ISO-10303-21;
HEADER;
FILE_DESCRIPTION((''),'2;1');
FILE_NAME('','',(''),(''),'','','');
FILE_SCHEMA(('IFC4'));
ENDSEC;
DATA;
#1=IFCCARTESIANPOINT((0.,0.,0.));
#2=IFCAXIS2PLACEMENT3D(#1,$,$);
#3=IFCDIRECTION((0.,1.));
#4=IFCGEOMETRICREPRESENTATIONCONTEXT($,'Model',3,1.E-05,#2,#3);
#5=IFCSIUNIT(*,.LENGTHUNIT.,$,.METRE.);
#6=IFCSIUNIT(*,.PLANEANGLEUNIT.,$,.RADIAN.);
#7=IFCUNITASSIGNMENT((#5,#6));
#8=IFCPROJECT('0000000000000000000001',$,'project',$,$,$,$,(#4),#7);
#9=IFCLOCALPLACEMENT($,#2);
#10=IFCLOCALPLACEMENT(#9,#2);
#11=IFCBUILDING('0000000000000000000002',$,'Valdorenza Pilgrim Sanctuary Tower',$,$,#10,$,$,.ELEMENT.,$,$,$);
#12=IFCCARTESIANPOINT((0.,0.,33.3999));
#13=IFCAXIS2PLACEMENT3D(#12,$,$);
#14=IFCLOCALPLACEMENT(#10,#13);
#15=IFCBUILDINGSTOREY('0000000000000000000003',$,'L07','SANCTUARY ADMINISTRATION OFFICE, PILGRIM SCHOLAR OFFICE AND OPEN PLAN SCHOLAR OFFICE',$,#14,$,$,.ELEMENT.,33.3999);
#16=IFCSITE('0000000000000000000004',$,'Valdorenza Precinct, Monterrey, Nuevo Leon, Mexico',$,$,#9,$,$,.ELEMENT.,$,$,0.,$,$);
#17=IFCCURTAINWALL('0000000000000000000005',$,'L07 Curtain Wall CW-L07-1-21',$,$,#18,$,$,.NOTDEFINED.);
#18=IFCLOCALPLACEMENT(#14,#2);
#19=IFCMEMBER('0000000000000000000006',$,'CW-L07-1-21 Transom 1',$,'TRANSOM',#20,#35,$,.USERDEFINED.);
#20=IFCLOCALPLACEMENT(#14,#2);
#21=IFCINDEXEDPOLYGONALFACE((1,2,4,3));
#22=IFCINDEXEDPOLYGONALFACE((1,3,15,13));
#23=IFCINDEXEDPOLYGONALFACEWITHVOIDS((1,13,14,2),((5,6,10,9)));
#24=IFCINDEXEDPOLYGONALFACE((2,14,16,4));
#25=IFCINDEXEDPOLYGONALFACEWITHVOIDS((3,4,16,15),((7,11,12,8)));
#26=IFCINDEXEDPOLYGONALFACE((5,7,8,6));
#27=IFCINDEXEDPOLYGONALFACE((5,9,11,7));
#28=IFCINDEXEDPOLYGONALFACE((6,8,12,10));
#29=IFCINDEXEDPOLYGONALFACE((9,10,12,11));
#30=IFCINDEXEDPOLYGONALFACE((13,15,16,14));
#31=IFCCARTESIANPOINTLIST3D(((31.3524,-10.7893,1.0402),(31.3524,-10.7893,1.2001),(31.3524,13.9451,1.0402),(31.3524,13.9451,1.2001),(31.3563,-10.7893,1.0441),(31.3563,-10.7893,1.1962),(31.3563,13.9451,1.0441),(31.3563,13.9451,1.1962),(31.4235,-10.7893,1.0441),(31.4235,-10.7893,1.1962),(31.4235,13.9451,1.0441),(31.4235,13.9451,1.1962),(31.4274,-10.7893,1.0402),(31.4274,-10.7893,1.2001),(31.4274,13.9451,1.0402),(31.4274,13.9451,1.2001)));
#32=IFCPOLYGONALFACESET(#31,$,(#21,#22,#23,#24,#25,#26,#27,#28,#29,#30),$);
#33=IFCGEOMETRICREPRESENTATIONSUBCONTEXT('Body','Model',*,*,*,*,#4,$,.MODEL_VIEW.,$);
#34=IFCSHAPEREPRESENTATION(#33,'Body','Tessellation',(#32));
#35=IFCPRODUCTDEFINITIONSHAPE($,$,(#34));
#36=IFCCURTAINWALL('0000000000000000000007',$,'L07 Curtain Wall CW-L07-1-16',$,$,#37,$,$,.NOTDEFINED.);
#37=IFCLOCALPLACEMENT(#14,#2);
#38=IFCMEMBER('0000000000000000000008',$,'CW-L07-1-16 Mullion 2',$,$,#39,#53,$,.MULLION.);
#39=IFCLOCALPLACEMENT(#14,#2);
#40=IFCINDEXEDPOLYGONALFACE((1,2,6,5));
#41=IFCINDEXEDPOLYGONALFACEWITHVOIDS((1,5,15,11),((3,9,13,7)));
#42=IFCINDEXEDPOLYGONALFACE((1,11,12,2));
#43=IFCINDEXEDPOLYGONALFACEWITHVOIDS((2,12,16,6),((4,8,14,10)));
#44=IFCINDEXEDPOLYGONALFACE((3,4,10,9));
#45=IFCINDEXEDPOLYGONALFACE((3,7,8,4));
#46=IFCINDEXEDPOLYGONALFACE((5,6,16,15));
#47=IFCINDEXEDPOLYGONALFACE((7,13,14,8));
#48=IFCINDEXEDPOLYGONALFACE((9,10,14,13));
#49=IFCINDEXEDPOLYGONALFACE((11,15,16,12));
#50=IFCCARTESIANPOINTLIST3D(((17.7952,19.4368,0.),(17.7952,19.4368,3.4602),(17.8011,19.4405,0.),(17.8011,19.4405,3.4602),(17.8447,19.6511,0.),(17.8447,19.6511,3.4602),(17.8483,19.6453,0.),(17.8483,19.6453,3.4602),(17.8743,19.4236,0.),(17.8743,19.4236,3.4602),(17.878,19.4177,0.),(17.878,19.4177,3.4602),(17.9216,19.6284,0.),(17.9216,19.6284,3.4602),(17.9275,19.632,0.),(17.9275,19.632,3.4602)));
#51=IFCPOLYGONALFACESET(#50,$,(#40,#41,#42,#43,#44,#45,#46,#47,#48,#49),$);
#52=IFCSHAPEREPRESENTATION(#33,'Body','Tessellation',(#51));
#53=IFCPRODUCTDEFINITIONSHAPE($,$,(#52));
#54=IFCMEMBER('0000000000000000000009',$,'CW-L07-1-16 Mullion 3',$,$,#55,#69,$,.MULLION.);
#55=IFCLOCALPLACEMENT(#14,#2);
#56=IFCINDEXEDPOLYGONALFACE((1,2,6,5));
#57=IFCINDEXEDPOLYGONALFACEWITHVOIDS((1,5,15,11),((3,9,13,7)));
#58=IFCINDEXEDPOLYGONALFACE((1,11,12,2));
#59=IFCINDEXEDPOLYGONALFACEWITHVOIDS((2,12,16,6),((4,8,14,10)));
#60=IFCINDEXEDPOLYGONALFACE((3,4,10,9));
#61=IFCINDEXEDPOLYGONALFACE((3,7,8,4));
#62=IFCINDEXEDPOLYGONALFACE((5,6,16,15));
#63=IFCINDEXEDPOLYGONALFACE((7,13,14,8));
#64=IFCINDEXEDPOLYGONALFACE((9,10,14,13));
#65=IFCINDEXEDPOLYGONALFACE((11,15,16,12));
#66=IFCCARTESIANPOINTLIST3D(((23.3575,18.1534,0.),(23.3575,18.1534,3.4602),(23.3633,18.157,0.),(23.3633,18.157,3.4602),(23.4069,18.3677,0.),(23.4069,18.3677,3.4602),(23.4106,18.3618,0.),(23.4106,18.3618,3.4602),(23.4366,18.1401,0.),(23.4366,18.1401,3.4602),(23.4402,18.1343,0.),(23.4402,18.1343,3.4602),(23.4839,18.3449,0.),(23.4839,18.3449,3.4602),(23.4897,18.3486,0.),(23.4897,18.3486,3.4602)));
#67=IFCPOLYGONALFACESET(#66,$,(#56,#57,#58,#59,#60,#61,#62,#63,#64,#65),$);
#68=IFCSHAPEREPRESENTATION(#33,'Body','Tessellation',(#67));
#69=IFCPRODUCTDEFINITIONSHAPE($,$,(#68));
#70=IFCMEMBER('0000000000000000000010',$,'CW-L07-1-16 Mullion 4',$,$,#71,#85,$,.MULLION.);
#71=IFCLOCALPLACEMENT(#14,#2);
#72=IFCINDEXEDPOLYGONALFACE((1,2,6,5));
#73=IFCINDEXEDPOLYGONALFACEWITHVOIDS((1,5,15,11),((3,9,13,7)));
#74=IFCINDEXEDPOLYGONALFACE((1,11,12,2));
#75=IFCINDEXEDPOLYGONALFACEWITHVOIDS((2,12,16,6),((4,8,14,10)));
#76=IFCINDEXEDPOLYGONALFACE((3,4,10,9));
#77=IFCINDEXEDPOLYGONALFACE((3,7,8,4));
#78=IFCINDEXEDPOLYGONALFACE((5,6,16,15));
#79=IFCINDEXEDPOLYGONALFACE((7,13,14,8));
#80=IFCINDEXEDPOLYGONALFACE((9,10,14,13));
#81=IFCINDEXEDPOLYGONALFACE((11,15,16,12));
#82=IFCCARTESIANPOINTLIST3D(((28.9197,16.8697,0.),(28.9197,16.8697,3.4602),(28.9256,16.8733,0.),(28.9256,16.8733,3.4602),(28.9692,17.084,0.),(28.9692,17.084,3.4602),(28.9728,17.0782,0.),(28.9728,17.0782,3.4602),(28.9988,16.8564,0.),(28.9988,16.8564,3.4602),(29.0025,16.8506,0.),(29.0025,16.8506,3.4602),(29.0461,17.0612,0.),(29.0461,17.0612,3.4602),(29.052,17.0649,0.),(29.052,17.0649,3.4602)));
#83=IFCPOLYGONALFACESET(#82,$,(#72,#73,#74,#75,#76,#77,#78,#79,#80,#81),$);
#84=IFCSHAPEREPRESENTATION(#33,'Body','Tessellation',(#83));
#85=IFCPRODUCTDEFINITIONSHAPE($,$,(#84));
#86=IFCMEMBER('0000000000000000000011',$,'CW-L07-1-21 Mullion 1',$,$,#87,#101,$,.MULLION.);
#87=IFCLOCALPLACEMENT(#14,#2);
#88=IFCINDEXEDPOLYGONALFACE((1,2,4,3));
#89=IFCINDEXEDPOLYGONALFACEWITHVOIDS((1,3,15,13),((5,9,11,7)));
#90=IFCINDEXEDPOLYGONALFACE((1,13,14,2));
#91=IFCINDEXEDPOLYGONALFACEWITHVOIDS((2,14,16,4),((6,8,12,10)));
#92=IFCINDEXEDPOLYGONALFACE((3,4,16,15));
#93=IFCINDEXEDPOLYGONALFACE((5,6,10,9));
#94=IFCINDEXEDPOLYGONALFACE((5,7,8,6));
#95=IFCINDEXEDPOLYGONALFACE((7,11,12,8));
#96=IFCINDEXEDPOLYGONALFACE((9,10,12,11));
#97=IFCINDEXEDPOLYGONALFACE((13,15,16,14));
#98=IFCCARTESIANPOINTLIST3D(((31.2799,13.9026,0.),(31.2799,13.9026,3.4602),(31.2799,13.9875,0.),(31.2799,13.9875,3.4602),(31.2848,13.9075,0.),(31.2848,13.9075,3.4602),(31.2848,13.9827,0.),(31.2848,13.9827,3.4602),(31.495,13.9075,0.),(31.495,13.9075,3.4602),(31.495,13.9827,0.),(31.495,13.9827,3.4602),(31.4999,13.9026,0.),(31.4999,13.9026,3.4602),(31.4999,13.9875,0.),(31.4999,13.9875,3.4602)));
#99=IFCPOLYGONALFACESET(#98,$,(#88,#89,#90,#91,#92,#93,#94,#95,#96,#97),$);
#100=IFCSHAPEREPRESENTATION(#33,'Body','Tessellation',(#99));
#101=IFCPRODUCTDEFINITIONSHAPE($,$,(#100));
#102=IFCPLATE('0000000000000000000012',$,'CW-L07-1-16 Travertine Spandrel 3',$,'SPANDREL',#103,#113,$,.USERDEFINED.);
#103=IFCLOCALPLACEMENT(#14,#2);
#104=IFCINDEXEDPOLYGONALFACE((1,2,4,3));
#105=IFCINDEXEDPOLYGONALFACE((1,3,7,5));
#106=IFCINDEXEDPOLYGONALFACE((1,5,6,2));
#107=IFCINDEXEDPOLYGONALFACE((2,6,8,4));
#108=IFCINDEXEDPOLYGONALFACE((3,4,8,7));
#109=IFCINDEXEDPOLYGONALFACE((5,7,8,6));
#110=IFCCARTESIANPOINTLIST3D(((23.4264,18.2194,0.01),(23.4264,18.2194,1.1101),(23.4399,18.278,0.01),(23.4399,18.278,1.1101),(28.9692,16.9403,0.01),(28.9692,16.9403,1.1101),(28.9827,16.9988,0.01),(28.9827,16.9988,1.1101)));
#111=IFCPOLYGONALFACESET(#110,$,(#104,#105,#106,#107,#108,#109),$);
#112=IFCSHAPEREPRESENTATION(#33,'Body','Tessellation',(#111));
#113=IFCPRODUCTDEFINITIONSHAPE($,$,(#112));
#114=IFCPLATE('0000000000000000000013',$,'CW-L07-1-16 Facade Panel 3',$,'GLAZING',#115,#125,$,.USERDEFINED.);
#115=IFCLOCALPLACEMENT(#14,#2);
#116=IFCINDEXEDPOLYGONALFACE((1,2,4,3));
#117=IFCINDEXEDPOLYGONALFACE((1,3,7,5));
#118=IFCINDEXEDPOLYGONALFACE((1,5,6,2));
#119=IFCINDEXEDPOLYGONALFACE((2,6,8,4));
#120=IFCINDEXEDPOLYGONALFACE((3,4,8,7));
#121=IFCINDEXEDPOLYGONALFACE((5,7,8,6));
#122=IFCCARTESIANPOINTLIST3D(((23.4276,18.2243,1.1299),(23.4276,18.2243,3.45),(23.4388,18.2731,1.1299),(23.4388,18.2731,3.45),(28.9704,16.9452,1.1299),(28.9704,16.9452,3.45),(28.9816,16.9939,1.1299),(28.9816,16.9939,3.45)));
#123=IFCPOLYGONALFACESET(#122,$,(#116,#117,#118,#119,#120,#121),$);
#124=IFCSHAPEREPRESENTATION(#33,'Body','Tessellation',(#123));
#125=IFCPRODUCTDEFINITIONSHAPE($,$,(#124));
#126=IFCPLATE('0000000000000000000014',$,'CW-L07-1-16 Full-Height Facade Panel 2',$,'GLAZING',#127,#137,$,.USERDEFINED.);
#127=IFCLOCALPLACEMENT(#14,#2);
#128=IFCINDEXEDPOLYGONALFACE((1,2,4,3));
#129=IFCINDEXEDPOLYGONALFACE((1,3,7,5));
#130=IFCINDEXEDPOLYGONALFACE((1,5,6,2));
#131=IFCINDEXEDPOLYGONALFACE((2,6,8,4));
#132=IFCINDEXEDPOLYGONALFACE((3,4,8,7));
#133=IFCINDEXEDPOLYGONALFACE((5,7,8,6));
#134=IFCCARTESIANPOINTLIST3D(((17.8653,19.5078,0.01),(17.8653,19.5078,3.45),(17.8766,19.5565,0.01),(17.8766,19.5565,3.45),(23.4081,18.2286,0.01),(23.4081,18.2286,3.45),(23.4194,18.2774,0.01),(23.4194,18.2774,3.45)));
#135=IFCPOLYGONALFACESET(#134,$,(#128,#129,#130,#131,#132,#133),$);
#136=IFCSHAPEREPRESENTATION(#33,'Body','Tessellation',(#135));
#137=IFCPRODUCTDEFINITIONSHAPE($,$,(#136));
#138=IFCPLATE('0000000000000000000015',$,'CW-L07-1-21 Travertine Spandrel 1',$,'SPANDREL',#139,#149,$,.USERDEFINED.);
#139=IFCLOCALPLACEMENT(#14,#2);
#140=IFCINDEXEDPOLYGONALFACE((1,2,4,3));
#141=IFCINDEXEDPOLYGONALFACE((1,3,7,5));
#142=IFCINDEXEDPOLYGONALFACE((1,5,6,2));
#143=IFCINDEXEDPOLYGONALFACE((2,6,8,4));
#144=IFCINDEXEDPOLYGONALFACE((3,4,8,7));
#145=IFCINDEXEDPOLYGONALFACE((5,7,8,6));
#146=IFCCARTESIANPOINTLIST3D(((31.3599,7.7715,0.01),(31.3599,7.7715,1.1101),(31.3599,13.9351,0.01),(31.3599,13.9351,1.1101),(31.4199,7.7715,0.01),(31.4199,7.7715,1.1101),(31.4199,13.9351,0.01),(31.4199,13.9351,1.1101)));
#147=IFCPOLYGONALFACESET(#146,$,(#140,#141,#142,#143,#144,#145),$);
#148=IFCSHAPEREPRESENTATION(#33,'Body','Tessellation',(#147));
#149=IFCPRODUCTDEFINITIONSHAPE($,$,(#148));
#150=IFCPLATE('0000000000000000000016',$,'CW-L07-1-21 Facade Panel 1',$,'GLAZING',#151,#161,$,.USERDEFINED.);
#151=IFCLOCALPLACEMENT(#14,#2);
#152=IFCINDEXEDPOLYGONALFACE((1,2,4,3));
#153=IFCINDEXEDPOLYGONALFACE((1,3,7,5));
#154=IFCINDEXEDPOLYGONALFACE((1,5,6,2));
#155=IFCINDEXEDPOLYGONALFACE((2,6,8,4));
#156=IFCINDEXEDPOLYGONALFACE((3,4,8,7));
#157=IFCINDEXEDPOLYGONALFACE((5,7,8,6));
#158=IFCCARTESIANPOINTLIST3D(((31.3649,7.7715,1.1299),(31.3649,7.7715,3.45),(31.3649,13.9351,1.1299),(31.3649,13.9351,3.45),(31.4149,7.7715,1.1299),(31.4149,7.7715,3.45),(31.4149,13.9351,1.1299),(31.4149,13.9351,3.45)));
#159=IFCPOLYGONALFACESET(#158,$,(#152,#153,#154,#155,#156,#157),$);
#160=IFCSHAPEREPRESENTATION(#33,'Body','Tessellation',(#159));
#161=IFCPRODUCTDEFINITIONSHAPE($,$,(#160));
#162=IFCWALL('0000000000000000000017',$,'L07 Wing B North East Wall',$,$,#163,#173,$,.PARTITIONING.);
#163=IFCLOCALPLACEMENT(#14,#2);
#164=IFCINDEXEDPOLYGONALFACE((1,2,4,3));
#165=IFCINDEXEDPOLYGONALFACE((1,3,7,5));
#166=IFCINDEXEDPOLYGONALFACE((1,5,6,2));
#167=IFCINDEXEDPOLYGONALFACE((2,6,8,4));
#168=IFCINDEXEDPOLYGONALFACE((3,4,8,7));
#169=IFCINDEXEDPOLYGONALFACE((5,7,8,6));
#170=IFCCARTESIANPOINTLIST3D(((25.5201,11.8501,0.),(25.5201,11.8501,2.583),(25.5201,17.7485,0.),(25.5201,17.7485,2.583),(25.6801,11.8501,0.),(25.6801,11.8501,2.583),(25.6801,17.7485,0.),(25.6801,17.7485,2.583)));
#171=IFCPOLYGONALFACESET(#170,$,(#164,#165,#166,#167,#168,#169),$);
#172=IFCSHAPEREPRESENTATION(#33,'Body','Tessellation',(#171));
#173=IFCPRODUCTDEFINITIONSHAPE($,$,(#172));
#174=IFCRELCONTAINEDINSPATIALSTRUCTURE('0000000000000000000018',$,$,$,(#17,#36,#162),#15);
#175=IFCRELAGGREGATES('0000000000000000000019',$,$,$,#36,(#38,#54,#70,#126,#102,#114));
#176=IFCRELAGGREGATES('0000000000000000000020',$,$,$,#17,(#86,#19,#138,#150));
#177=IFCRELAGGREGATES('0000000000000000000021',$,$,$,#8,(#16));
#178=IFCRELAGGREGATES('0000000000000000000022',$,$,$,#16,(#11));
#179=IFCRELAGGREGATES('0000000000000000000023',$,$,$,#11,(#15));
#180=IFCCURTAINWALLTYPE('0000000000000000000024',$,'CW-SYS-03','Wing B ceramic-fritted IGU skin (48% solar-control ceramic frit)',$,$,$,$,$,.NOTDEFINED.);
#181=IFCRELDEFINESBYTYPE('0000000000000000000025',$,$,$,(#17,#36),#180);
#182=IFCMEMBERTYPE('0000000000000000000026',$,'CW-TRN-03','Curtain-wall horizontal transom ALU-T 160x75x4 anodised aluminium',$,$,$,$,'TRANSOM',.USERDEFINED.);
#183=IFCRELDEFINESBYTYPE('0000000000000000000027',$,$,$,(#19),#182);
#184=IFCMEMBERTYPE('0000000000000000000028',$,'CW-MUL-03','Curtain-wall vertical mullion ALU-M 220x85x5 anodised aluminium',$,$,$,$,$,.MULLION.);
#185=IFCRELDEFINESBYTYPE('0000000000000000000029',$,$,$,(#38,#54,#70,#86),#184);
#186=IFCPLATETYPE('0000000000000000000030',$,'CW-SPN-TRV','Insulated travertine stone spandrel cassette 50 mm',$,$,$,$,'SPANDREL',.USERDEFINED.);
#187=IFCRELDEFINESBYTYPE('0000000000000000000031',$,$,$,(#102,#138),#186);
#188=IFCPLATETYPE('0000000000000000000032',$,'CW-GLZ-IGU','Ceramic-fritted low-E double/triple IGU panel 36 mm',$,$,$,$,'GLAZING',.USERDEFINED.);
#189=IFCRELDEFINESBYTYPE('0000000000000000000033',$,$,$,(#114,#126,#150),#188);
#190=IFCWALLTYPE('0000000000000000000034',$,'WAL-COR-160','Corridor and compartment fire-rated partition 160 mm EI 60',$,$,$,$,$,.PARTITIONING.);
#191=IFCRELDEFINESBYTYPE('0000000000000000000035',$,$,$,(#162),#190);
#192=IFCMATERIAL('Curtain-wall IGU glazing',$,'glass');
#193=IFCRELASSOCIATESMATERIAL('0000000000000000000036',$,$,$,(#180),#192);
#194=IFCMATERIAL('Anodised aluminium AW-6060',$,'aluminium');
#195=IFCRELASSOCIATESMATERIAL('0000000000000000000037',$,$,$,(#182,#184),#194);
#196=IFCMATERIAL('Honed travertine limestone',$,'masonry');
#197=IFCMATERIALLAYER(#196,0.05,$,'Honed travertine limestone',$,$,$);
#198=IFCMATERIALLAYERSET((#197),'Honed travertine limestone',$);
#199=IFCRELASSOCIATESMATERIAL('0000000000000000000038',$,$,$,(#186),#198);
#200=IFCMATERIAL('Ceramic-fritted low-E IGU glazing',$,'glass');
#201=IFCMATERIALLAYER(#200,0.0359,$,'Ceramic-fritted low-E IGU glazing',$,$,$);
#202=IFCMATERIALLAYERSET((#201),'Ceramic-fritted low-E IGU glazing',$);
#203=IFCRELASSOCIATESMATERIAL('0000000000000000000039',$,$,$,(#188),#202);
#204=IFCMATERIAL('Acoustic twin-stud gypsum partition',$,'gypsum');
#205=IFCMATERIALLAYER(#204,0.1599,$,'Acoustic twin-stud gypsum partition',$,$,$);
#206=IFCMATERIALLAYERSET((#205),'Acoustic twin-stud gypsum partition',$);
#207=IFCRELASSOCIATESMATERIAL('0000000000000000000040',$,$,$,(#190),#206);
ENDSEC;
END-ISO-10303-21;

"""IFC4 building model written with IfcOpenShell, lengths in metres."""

from ifc_helpers import new_model, si_unit, direction, frame, frame_2d, origin, origin_2d, place, context, subcontext, project, spatial, rectangle, hollow_rectangle, extrude, source, transform, mapped, material, layer, layer_set, material_profile, profile_set, type_object, element, aggregate, save


model = new_model("IFC4")

# Units and contexts
model_context = context("Model", 3, precision=1e-05, world=origin(), true_north=direction((0.0, 1.0)))
body_context = subcontext(model_context, "Body", "Model", "MODEL_VIEW")
ifc_project = project(units=[si_unit("LENGTHUNIT", "METRE"), si_unit("PLANEANGLEUNIT", "RADIAN")], contexts=[model_context])

# Site, building, storey
site_placement = place(None, origin())
site = spatial("IfcSite", under=ifc_project, at=site_placement, Name="Valdorenza Precinct, Monterrey, Nuevo Leon, Mexico", CompositionType="ELEMENT", RefElevation=0.0)
building_placement = place(site_placement, origin())
building = spatial("IfcBuilding", under=site, at=building_placement, Name="Valdorenza Pilgrim Sanctuary Tower", CompositionType="ELEMENT")
storey_placement = place(building_placement, frame((0.0, 0.0, 33.3999)))
storey = spatial("IfcBuildingStorey", under=building, at=storey_placement, Name="L07", Description="SANCTUARY ADMINISTRATION OFFICE, PILGRIM SCHOLAR OFFICE AND OPEN PLAN SCHOLAR OFFICE", CompositionType="ELEMENT", Elevation=33.3999)

# Curtain wall, member
ifc_material_1 = material(Name="Curtain-wall IGU glazing", Category="glass")
curtain_wall_type = type_object("IfcCurtainWallType", Name="CW-SYS-03", Description="Wing B ceramic-fritted IGU skin (48% solar-control ceramic frit)", PredefinedType="NOTDEFINED", material=ifc_material_1)
curtain_wall_1_placement = place(storey_placement, origin())
curtain_wall_1 = element("IfcCurtainWall", 1, at=curtain_wall_1_placement, inside=storey, type_object=curtain_wall_type, Name="L07 Curtain Wall CW-L07-1-21", PredefinedType="NOTDEFINED")
ifc_material_2 = material(Name="Anodised aluminium AW-6060", Category="aluminium")
ifc_material_profile_1 = material_profile(ifc_material_2, hollow_rectangle(XDim=0.075, YDim=0.1599, WallThickness=0.0039, at=origin_2d()), Name="ALU-T 160x75x4")
ifc_profile_set_1 = profile_set([ifc_material_profile_1], Name="Anodised aluminium AW-6060")
member_type_1 = type_object("IfcMemberType", Name="CW-TRN-03", Description="Curtain-wall horizontal transom ALU-T 160x75x4 anodised aluminium", ElementType="TRANSOM", PredefinedType="USERDEFINED", material=ifc_profile_set_1)
shared_shape_1 = source(origin(), body_context, "Body", "SweptSolid", [
    extrude(hollow_rectangle(XDim=0.075, YDim=0.1599, WallThickness=0.0039, at=origin_2d()), origin(), (0.0, 0.0, 1.0), 24.7344),
])
member_1_placement = place(storey_placement, frame((31.3899, 13.9451, 1.1201), z_axis=(0.0, -1.0, 0.0), x_axis=(1.0, 0.0, 0.0)))
member_1 = element("IfcMember", 2, at=member_1_placement, type_object=member_type_1, Name="CW-L07-1-21 Transom 1", ObjectType="TRANSOM", PredefinedType="USERDEFINED", context=body_context, shape_type="MappedRepresentation", body=[
    mapped(shared_shape_1, transform((0.0, 0.0, 0.0), x_axis=(1.0, 0.0, 0.0), y_axis=(0.0, 1.0, 0.0), z_axis=(0.0, 0.0, 1.0), scale=1.0)),
])

# Curtain wall, members
curtain_wall_2_placement = place(storey_placement, origin())
curtain_wall_2 = element("IfcCurtainWall", 3, at=curtain_wall_2_placement, inside=storey, type_object=curtain_wall_type, Name="L07 Curtain Wall CW-L07-1-16", PredefinedType="NOTDEFINED")
ifc_material_profile_2 = material_profile(ifc_material_2, hollow_rectangle(XDim=0.085, YDim=0.22, WallThickness=0.0049, at=origin_2d()), Name="ALU-M 220x85x5")
ifc_profile_set_2 = profile_set([ifc_material_profile_2], Name="Anodised aluminium AW-6060")
member_type_2 = type_object("IfcMemberType", Name="CW-MUL-03", Description="Curtain-wall vertical mullion ALU-M 220x85x5 anodised aluminium", PredefinedType="MULLION", material=ifc_profile_set_2)
shared_shape_2 = source(origin(), body_context, "Body", "SweptSolid", [
    extrude(hollow_rectangle(XDim=0.085, YDim=0.22, WallThickness=0.0049, at=origin_2d()), origin(), (0.0, 0.0, 1.0), 3.4602),
])
member_2_placement = place(storey_placement, frame((17.8613, 19.5344, 0.0), z_axis=(0.0, 0.0, 1.0), x_axis=(0.97439, -0.224866, 0.0)))
member_2 = element("IfcMember", 4, at=member_2_placement, type_object=member_type_2, Name="CW-L07-1-16 Mullion 2", PredefinedType="MULLION", context=body_context, shape_type="MappedRepresentation", body=[
    mapped(shared_shape_2, transform((0.0, 0.0, 0.0), x_axis=(1.0, 0.0, 0.0), y_axis=(0.0, 1.0, 0.0), z_axis=(0.0, 0.0, 1.0), scale=1.0)),
])
member_3_placement = place(storey_placement, frame((23.4236, 18.251, 0.0), z_axis=(0.0, 0.0, 1.0), x_axis=(0.97439, -0.224866, 0.0)))
member_3 = element("IfcMember", 5, at=member_3_placement, type_object=member_type_2, Name="CW-L07-1-16 Mullion 3", PredefinedType="MULLION", context=body_context, shape_type="MappedRepresentation", body=[
    mapped(shared_shape_2, transform((0.0, 0.0, 0.0), x_axis=(1.0, 0.0, 0.0), y_axis=(0.0, 1.0, 0.0), z_axis=(0.0, 0.0, 1.0), scale=1.0)),
])
member_4_placement = place(storey_placement, frame((28.9858, 16.9673, 0.0), z_axis=(0.0, 0.0, 1.0), x_axis=(0.97439, -0.224866, 0.0)))
member_4 = element("IfcMember", 6, at=member_4_placement, type_object=member_type_2, Name="CW-L07-1-16 Mullion 4", PredefinedType="MULLION", context=body_context, shape_type="MappedRepresentation", body=[
    mapped(shared_shape_2, transform((0.0, 0.0, 0.0), x_axis=(1.0, 0.0, 0.0), y_axis=(0.0, 1.0, 0.0), z_axis=(0.0, 0.0, 1.0), scale=1.0)),
])

# Member
member_5_placement = place(storey_placement, frame((31.3899, 13.9451, 0.0), z_axis=(0.0, 0.0, 1.0), x_axis=(0.0, -1.0, 0.0)))
member_5 = element("IfcMember", 7, at=member_5_placement, type_object=member_type_2, Name="CW-L07-1-21 Mullion 1", PredefinedType="MULLION", context=body_context, shape_type="MappedRepresentation", body=[
    mapped(shared_shape_2, transform((0.0, 0.0, 0.0), x_axis=(1.0, 0.0, 0.0), y_axis=(0.0, 1.0, 0.0), z_axis=(0.0, 0.0, 1.0), scale=1.0)),
])

# Plates
ifc_material_3 = material(Name="Honed travertine limestone", Category="masonry")
ifc_layer_1 = layer(ifc_material_3, 0.05, Name="Honed travertine limestone")
ifc_layer_set_1 = layer_set([ifc_layer_1], Name="Honed travertine limestone")
plate_type_1 = type_object("IfcPlateType", Name="CW-SPN-TRV", Description="Insulated travertine stone spandrel cassette 50 mm", ElementType="SPANDREL", PredefinedType="USERDEFINED", material=ifc_layer_set_1)
shared_shape_3 = source(origin(), body_context, "Body", "SweptSolid", [
    extrude(rectangle(XDim=5.6885, YDim=0.0601, at=origin_2d()), origin(), (0.0, 0.0, 1.0), 1.1001),
])
plate_1_placement = place(storey_placement, frame((26.2046, 17.6091, 0.01), z_axis=(0.0, 0.0, 1.0), x_axis=(0.97439, -0.224866, 0.0)))
plate_1 = element("IfcPlate", 8, at=plate_1_placement, type_object=plate_type_1, Name="CW-L07-1-16 Travertine Spandrel 3", ObjectType="SPANDREL", PredefinedType="USERDEFINED", context=body_context, shape_type="MappedRepresentation", body=[
    mapped(shared_shape_3, transform((0.0, 0.0, 0.0), x_axis=(1.0, 0.0, 0.0), y_axis=(0.0, 1.0, 0.0), z_axis=(0.0, 0.0, 1.0), scale=1.0)),
])
ifc_material_4 = material(Name="Ceramic-fritted low-E IGU glazing", Category="glass")
ifc_layer_2 = layer(ifc_material_4, 0.0359, Name="Ceramic-fritted low-E IGU glazing")
ifc_layer_set_2 = layer_set([ifc_layer_2], Name="Ceramic-fritted low-E IGU glazing")
plate_type_2 = type_object("IfcPlateType", Name="CW-GLZ-IGU", Description="Ceramic-fritted low-E double/triple IGU panel 36 mm", ElementType="GLAZING", PredefinedType="USERDEFINED", material=ifc_layer_set_2)
shared_shape_4 = source(origin(), body_context, "Body", "SweptSolid", [
    extrude(rectangle(XDim=5.6885, YDim=0.05, at=origin_2d()), origin(), (0.0, 0.0, 1.0), 2.3201),
])
plate_2_placement = place(storey_placement, frame((26.2046, 17.6091, 1.1299), z_axis=(0.0, 0.0, 1.0), x_axis=(0.97439, -0.224866, 0.0)))
plate_2 = element("IfcPlate", 9, at=plate_2_placement, type_object=plate_type_2, Name="CW-L07-1-16 Facade Panel 3", ObjectType="GLAZING", PredefinedType="USERDEFINED", context=body_context, shape_type="MappedRepresentation", body=[
    mapped(shared_shape_4, transform((0.0, 0.0, 0.0), x_axis=(1.0, 0.0, 0.0), y_axis=(0.0, 1.0, 0.0), z_axis=(0.0, 0.0, 1.0), scale=1.0)),
])
shared_shape_5 = source(origin(), body_context, "Body", "SweptSolid", [
    extrude(rectangle(XDim=5.6885, YDim=0.05, at=origin_2d()), origin(), (0.0, 0.0, 1.0), 3.4399),
])
plate_3_placement = place(storey_placement, frame((20.6423, 18.8926, 0.01), z_axis=(0.0, 0.0, 1.0), x_axis=(0.97439, -0.224866, 0.0)))
plate_3 = element("IfcPlate", 10, at=plate_3_placement, type_object=plate_type_2, Name="CW-L07-1-16 Full-Height Facade Panel 2", ObjectType="GLAZING", PredefinedType="USERDEFINED", context=body_context, shape_type="MappedRepresentation", body=[
    mapped(shared_shape_5, transform((0.0, 0.0, 0.0), x_axis=(1.0, 0.0, 0.0), y_axis=(0.0, 1.0, 0.0), z_axis=(0.0, 0.0, 1.0), scale=1.0)),
])
aggregate(curtain_wall_2, [member_2, member_3, member_4, plate_3, plate_1, plate_2])
shared_shape_6 = source(origin(), body_context, "Body", "SweptSolid", [
    extrude(rectangle(XDim=6.1636, YDim=0.0601, at=origin_2d()), origin(), (0.0, 0.0, 1.0), 1.1001),
])
plate_4_placement = place(storey_placement, frame((31.3899, 10.8533, 0.01), z_axis=(0.0, 0.0, 1.0), x_axis=(0.0, -1.0, 0.0)))
plate_4 = element("IfcPlate", 11, at=plate_4_placement, type_object=plate_type_1, Name="CW-L07-1-21 Travertine Spandrel 1", ObjectType="SPANDREL", PredefinedType="USERDEFINED", context=body_context, shape_type="MappedRepresentation", body=[
    mapped(shared_shape_6, transform((0.0, 0.0, 0.0), x_axis=(1.0, 0.0, 0.0), y_axis=(0.0, 1.0, 0.0), z_axis=(0.0, 0.0, 1.0), scale=1.0)),
])
shared_shape_7 = source(origin(), body_context, "Body", "SweptSolid", [
    extrude(rectangle(XDim=6.1636, YDim=0.05, at=origin_2d()), origin(), (0.0, 0.0, 1.0), 2.3201),
])
plate_5_placement = place(storey_placement, frame((31.3899, 10.8533, 1.1299), z_axis=(0.0, 0.0, 1.0), x_axis=(0.0, -1.0, 0.0)))
plate_5 = element("IfcPlate", 12, at=plate_5_placement, type_object=plate_type_2, Name="CW-L07-1-21 Facade Panel 1", ObjectType="GLAZING", PredefinedType="USERDEFINED", context=body_context, shape_type="MappedRepresentation", body=[
    mapped(shared_shape_7, transform((0.0, 0.0, 0.0), x_axis=(1.0, 0.0, 0.0), y_axis=(0.0, 1.0, 0.0), z_axis=(0.0, 0.0, 1.0), scale=1.0)),
])
aggregate(curtain_wall_1, [member_5, member_1, plate_4, plate_5])

# Wall
ifc_material_5 = material(Name="Acoustic twin-stud gypsum partition", Category="gypsum")
ifc_layer_3 = layer(ifc_material_5, 0.1599, Name="Acoustic twin-stud gypsum partition")
ifc_layer_set_3 = layer_set([ifc_layer_3], Name="Acoustic twin-stud gypsum partition")
wall_type_1 = type_object("IfcWallType", Name="WAL-COR-160", Description="Corridor and compartment fire-rated partition 160 mm EI 60", PredefinedType="PARTITIONING", material=ifc_layer_set_3)
wall_1_placement = place(storey_placement, frame((25.6001, 11.8501, 0.0), z_axis=(0.0, 0.0, 1.0), x_axis=(0.0, 1.0, 0.0)))
element("IfcWall", 13, at=wall_1_placement, inside=storey, type_object=wall_type_1, Name="L07 Wing B North East Wall", PredefinedType="PARTITIONING", context=body_context, shape_type="SweptSolid", body=[
    extrude(rectangle(XDim=5.8984, YDim=0.1599, at=frame_2d((2.9492, 0.0))), origin(), (0.0, 0.0, 1.0), 2.583),
])

save(model, "model.ifc")
